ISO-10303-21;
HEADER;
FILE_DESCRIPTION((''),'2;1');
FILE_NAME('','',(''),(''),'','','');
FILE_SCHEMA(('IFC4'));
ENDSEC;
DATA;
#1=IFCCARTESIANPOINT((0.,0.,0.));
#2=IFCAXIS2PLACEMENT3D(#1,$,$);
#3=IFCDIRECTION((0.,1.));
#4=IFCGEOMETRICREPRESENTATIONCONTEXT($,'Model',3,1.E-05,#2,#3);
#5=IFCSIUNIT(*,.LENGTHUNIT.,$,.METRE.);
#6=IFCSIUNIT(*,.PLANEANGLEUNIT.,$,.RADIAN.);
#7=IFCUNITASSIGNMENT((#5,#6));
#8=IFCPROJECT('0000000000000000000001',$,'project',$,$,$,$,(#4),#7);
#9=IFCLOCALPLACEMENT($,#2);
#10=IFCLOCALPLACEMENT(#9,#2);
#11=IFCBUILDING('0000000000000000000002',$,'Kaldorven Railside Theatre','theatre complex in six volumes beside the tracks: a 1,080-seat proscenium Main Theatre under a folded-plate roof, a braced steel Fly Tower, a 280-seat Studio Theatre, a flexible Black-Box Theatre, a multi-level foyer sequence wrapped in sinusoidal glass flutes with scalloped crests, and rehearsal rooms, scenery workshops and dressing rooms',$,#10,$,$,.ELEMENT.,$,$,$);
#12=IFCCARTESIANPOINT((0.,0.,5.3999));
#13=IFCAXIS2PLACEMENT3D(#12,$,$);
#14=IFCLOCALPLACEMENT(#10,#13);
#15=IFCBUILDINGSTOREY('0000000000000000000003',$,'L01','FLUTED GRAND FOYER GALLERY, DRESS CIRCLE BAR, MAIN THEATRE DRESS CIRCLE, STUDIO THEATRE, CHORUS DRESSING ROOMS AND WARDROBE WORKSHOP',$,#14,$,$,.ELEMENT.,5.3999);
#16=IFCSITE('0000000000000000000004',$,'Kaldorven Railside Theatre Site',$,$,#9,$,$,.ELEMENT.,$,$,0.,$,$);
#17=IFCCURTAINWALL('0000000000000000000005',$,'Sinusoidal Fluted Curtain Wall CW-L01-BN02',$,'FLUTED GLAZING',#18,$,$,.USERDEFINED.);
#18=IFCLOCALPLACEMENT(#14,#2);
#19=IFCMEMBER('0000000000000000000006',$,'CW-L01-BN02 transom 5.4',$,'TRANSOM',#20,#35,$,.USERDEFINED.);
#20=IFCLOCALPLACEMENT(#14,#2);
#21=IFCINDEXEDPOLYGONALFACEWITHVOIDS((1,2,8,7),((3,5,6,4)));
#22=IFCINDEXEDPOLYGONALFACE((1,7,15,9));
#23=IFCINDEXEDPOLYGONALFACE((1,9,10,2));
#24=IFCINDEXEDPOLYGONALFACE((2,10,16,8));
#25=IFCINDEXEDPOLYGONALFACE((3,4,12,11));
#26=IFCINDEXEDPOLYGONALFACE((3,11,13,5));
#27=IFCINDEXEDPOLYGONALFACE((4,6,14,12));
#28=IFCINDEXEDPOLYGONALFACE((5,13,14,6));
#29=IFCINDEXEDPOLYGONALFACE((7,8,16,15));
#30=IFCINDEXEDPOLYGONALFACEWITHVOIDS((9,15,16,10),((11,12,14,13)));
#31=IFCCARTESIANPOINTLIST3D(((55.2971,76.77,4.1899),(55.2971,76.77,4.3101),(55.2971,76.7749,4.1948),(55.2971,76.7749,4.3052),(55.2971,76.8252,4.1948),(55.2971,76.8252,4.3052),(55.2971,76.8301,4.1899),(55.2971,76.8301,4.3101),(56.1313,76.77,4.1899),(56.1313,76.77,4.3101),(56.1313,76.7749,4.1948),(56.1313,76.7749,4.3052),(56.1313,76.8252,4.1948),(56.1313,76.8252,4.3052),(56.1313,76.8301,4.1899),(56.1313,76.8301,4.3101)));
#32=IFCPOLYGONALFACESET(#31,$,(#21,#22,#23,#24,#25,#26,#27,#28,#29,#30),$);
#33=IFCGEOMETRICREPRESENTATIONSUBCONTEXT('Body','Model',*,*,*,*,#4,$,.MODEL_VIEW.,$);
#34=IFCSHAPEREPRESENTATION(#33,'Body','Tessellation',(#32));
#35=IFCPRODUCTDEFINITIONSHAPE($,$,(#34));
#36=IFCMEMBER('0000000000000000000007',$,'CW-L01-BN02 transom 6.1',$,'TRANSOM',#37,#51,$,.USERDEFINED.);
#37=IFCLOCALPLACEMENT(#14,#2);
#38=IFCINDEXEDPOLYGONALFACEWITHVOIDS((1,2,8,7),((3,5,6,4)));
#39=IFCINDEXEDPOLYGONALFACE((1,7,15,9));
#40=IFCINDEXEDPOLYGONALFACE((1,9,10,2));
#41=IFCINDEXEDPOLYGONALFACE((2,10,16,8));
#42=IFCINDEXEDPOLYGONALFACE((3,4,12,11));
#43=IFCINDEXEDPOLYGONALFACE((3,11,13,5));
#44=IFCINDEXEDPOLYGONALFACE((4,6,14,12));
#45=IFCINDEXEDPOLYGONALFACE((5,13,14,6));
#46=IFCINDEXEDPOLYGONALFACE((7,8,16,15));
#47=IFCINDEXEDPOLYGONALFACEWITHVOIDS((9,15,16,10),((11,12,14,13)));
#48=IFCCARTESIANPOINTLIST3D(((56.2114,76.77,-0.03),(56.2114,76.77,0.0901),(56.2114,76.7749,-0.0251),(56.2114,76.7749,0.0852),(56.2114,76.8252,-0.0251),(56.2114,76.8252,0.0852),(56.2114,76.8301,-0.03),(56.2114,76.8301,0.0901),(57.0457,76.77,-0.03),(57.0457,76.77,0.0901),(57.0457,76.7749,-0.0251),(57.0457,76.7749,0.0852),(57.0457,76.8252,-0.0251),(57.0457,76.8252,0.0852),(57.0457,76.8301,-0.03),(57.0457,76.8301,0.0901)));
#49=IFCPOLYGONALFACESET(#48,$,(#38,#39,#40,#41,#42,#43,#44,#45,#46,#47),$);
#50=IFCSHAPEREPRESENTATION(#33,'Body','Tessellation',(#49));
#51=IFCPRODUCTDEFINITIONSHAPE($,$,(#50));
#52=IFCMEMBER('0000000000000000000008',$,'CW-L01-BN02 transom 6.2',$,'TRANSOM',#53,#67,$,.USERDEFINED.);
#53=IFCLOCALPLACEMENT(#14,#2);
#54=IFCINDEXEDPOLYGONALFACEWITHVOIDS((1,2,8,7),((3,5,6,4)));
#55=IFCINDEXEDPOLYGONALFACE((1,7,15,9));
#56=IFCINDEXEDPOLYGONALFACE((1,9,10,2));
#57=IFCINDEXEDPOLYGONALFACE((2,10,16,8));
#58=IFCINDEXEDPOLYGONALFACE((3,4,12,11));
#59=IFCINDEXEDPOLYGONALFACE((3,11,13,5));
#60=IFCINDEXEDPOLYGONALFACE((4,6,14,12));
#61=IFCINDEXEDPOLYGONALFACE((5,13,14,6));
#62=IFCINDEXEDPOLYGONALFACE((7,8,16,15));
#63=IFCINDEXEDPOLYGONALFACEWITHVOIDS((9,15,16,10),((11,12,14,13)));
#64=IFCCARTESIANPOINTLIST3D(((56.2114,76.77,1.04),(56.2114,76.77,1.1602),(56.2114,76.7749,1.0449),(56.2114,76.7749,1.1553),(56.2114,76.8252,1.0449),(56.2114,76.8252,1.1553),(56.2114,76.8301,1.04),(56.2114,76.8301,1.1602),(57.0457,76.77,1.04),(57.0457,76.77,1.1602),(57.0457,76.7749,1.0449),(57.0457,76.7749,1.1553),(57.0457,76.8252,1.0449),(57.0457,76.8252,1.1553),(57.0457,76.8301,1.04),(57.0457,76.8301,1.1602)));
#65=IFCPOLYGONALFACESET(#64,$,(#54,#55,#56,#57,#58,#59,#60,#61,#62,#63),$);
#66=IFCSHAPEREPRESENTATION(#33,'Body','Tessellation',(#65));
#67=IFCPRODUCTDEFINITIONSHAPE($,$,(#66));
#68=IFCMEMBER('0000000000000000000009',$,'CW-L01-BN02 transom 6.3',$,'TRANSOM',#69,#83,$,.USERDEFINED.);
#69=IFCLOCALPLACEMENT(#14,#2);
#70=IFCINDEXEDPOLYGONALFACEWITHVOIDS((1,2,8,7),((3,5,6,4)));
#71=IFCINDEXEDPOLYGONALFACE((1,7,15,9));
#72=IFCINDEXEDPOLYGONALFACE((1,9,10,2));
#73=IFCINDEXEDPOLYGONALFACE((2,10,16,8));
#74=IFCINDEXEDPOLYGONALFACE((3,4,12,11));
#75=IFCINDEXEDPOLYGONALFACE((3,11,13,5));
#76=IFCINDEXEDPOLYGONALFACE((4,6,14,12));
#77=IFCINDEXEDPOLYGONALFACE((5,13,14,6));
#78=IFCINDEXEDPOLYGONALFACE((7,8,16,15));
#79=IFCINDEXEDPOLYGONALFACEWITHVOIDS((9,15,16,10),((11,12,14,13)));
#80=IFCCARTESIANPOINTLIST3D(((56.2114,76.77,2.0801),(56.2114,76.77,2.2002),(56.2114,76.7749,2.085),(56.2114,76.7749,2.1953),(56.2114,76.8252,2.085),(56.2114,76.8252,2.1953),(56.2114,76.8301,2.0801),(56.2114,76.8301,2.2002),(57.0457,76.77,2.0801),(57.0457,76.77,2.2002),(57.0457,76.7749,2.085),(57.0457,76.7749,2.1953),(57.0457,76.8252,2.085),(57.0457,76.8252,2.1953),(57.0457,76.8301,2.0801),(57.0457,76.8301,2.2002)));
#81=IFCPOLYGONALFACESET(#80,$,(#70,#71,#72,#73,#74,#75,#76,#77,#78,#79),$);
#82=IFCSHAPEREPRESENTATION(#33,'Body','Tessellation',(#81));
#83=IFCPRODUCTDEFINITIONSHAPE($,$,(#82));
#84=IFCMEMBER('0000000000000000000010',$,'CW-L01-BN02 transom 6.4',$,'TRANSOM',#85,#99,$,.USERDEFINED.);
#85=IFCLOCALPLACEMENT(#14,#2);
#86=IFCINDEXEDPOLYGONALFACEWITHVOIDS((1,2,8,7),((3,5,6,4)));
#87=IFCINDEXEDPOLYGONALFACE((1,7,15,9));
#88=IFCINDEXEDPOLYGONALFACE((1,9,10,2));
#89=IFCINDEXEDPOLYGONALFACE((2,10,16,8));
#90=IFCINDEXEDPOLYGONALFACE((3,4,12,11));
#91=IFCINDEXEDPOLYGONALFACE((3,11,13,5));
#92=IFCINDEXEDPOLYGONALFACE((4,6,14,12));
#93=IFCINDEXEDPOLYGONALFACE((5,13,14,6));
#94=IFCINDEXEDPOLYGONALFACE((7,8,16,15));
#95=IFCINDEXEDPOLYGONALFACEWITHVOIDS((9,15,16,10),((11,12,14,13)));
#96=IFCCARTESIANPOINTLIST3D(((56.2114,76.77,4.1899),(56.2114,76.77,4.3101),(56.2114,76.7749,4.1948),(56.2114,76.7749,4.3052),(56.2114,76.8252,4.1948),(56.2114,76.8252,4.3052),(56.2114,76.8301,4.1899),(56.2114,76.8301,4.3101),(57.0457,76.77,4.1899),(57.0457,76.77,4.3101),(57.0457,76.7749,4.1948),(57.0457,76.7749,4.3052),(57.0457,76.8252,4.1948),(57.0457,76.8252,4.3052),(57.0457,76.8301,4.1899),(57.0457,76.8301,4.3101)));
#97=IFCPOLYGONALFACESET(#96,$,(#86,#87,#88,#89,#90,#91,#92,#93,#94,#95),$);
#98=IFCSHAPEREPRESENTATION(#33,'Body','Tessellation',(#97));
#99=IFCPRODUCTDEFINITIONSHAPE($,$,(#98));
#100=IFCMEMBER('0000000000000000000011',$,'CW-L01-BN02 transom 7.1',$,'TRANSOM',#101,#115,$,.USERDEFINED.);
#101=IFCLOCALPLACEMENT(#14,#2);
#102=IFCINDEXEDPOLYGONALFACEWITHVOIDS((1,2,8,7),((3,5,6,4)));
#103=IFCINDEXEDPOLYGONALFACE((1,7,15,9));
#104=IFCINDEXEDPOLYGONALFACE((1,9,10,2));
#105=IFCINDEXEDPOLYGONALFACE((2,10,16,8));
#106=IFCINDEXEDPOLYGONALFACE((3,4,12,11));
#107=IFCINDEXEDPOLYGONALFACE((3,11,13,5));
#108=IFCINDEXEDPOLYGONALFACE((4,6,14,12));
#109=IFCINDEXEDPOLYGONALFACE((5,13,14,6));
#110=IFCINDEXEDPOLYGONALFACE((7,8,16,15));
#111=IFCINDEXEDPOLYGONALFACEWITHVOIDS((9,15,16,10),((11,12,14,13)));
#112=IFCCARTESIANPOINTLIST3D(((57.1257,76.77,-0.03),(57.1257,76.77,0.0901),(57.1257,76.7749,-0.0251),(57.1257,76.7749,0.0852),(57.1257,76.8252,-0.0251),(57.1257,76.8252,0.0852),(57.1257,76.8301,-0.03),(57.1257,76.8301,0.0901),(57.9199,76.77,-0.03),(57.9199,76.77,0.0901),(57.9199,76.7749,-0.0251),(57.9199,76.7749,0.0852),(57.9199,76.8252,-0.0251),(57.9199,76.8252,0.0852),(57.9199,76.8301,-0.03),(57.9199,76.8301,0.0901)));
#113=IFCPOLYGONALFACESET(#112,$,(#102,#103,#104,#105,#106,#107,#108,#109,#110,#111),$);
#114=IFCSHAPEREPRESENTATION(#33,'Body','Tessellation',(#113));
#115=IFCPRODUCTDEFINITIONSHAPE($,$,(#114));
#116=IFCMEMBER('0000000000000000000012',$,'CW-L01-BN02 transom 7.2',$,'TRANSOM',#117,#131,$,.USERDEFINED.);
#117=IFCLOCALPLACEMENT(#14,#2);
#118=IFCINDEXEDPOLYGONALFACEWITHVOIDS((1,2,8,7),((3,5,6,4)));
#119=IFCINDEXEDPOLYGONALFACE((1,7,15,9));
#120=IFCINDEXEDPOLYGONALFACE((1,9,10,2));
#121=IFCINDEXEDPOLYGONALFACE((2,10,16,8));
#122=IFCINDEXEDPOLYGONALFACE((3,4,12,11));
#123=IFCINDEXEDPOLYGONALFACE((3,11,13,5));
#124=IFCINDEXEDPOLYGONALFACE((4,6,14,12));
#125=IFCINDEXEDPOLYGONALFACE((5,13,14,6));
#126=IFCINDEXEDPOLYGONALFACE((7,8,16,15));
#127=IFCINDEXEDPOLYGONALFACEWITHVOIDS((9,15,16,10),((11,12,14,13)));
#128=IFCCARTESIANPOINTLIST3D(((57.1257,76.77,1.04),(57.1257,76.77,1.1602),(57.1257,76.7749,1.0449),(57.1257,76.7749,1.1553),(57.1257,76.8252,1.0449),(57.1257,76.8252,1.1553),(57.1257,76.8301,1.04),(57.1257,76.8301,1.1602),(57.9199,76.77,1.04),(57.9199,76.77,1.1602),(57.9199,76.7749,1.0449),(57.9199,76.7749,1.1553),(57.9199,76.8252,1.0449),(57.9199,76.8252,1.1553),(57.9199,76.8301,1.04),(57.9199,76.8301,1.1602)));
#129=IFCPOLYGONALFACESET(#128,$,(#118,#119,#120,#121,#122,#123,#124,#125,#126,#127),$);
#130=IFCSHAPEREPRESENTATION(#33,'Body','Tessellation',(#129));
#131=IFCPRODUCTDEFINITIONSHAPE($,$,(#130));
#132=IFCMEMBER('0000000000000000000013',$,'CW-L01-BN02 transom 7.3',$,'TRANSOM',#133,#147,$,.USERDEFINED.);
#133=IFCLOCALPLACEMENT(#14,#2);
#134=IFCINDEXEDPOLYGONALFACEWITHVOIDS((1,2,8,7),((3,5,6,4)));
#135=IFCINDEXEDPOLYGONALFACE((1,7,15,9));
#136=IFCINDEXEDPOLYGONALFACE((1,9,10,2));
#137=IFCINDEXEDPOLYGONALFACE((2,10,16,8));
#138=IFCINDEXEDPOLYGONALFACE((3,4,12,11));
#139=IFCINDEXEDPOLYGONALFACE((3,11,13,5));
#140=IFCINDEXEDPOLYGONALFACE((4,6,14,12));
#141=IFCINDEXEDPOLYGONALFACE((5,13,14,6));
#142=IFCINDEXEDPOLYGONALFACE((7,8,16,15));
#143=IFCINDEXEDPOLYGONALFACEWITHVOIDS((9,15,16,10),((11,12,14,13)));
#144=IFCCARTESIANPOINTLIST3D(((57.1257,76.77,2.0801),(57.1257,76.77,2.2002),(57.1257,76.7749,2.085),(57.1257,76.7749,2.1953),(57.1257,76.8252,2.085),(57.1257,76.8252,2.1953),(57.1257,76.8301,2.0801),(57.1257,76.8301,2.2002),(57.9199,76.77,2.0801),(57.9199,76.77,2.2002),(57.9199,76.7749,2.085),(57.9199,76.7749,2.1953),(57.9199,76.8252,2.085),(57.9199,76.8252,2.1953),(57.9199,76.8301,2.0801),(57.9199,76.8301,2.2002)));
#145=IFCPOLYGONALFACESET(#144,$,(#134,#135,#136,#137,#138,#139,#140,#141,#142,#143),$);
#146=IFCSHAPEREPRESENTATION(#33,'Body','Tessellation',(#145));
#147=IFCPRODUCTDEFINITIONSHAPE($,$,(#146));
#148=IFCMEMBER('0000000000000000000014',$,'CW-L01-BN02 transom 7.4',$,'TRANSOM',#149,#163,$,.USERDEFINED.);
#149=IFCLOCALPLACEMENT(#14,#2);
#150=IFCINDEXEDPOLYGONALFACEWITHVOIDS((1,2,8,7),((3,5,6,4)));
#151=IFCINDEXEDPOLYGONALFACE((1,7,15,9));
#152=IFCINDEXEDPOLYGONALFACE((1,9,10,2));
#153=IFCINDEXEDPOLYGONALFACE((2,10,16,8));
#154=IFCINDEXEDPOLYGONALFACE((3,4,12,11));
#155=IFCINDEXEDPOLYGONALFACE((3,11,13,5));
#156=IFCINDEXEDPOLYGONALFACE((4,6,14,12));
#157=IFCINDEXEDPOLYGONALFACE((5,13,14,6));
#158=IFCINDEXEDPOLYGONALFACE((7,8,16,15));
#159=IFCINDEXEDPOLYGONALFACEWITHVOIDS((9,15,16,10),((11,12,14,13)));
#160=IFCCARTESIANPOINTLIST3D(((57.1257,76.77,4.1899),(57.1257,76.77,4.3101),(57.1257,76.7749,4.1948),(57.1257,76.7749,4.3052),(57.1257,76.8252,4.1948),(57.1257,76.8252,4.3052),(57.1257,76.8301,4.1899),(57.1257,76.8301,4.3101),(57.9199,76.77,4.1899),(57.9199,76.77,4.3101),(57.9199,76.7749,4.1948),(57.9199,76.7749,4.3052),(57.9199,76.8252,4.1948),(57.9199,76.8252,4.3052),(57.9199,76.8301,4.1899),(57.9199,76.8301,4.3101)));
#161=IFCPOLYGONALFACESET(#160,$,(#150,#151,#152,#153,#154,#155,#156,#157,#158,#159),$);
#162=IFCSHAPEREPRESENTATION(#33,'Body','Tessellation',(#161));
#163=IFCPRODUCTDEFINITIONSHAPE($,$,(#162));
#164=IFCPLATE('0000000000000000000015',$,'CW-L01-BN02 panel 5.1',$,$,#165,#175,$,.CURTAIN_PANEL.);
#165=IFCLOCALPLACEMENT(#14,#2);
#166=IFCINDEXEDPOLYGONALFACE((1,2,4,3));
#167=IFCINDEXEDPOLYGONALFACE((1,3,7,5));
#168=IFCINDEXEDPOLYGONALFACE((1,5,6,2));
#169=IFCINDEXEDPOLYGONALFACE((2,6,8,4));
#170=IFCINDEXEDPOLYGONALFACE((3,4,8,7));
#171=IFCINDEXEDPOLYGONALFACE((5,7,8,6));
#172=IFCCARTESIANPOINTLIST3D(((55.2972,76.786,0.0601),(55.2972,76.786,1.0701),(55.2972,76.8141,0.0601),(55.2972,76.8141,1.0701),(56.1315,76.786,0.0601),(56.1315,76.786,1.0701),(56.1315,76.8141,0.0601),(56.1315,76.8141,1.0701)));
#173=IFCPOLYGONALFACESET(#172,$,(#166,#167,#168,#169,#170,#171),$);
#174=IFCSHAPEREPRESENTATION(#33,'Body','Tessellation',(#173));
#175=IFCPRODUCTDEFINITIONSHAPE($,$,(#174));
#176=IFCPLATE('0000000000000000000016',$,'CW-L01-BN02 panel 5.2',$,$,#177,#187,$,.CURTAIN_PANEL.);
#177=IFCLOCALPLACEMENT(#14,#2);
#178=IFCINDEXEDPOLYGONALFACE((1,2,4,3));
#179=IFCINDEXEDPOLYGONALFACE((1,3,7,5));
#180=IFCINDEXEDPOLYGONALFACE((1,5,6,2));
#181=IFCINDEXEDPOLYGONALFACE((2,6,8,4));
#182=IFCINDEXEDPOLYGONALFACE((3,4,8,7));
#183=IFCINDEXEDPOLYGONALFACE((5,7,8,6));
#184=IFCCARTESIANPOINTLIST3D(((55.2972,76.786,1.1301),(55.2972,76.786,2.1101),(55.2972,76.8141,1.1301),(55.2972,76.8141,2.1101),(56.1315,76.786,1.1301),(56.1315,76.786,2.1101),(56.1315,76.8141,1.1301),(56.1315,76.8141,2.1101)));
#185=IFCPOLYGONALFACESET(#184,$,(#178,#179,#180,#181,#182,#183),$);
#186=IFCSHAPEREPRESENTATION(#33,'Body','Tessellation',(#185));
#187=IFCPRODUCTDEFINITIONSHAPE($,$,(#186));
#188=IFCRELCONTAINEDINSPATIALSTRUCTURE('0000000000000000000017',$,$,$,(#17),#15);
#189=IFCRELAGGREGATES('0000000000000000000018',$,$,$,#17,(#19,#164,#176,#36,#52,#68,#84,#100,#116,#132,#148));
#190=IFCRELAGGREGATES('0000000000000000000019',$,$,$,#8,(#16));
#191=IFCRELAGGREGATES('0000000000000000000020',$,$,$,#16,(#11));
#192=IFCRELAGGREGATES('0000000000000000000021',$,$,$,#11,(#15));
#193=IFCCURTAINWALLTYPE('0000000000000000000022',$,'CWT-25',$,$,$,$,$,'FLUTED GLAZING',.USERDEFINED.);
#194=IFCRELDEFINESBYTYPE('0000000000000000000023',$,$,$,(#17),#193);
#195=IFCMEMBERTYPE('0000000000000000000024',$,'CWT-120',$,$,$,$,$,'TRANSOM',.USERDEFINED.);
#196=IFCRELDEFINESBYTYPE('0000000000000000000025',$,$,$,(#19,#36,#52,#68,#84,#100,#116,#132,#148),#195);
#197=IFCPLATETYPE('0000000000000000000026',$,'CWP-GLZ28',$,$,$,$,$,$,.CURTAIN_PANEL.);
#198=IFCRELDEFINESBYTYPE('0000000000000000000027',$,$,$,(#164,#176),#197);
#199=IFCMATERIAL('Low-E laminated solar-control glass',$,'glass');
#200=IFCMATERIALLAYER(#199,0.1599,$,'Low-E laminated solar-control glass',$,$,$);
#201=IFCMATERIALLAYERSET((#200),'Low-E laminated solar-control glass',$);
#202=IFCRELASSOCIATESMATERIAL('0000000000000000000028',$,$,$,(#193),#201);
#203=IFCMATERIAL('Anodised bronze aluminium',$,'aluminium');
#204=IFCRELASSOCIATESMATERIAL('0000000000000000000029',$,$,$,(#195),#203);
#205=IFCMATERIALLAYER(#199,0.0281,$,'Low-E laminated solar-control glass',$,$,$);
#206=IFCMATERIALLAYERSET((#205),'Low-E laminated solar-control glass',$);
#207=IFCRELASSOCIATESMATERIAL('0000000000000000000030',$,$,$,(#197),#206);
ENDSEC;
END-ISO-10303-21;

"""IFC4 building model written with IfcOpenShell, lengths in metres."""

from ifc_helpers import new_model, si_unit, direction, frame, origin, origin_2d, place, context, subcontext, project, spatial, rectangle, hollow_rectangle, extrude, material, layer, layer_set, material_profile, profile_set, type_object, element, aggregate, save


model = new_model("IFC4")

# Units and contexts
model_context = context("Model", 3, precision=1e-05, world=origin(), true_north=direction((0.0, 1.0)))
body_context = subcontext(model_context, "Body", "Model", "MODEL_VIEW")
ifc_project = project(units=[si_unit("LENGTHUNIT", "METRE"), si_unit("PLANEANGLEUNIT", "RADIAN")], contexts=[model_context])

# Site, building, storey
site_placement = place(None, origin())
site = spatial("IfcSite", under=ifc_project, at=site_placement, Name="Kaldorven Railside Theatre Site", CompositionType="ELEMENT", RefElevation=0.0)
building_placement = place(site_placement, origin())
building = spatial("IfcBuilding", under=site, at=building_placement, Name="Kaldorven Railside Theatre", Description="theatre complex in six volumes beside the tracks: a 1,080-seat proscenium Main Theatre under a folded-plate roof, a braced steel Fly Tower, a 280-seat Studio Theatre, a flexible Black-Box Theatre, a multi-level foyer sequence wrapped in sinusoidal glass flutes with scalloped crests, and rehearsal rooms, scenery workshops and dressing rooms", CompositionType="ELEMENT")
storey_placement = place(building_placement, frame((0.0, 0.0, 5.3999)))
storey = spatial("IfcBuildingStorey", under=building, at=storey_placement, Name="L01", Description="FLUTED GRAND FOYER GALLERY, DRESS CIRCLE BAR, MAIN THEATRE DRESS CIRCLE, STUDIO THEATRE, CHORUS DRESSING ROOMS AND WARDROBE WORKSHOP", CompositionType="ELEMENT", Elevation=5.3999)

# Curtain wall, members, plates
ifc_material_1 = material(Name="Low-E laminated solar-control glass", Category="glass")
ifc_layer_1 = layer(ifc_material_1, 0.1599, Name="Low-E laminated solar-control glass")
ifc_layer_set_1 = layer_set([ifc_layer_1], Name="Low-E laminated solar-control glass")
curtain_wall_type = type_object("IfcCurtainWallType", Name="CWT-25", ElementType="FLUTED GLAZING", PredefinedType="USERDEFINED", material=ifc_layer_set_1)
curtain_wall_placement = place(storey_placement, origin())
curtain_wall = element("IfcCurtainWall", 1, at=curtain_wall_placement, inside=storey, type_object=curtain_wall_type, Name="Sinusoidal Fluted Curtain Wall CW-L01-BN02", ObjectType="FLUTED GLAZING", PredefinedType="USERDEFINED")
ifc_material_2 = material(Name="Anodised bronze aluminium", Category="aluminium")
ifc_material_profile_1 = material_profile(ifc_material_2, hollow_rectangle(XDim=0.0601, YDim=0.1201, WallThickness=0.0049, at=origin_2d()), Name="RHS 120x60x5")
ifc_profile_set_1 = profile_set([ifc_material_profile_1], Name="Anodised bronze aluminium")
member_type_1 = type_object("IfcMemberType", Name="CWT-120", ElementType="TRANSOM", PredefinedType="USERDEFINED", material=ifc_profile_set_1)
member_1_placement = place(storey_placement, frame((55.2971, 76.8, 4.25), z_axis=(1.0, 0.0, 0.0), x_axis=(0.0, 1.0, 0.0)))
member_1 = element("IfcMember", 2, at=member_1_placement, type_object=member_type_1, Name="CW-L01-BN02 transom 5.4", ObjectType="TRANSOM", PredefinedType="USERDEFINED", context=body_context, shape_type="SweptSolid", body=[
    extrude(hollow_rectangle(XDim=0.0601, YDim=0.1201, WallThickness=0.0049, at=origin_2d()), origin(), (0.0, 0.0, 1.0), 0.8342),
])
member_2_placement = place(storey_placement, frame((56.2114, 76.8, 0.03), z_axis=(1.0, 0.0, 0.0), x_axis=(0.0, 1.0, 0.0)))
member_2 = element("IfcMember", 3, at=member_2_placement, type_object=member_type_1, Name="CW-L01-BN02 transom 6.1", ObjectType="TRANSOM", PredefinedType="USERDEFINED", context=body_context, shape_type="SweptSolid", body=[
    extrude(hollow_rectangle(XDim=0.0601, YDim=0.1201, WallThickness=0.0049, at=origin_2d()), origin(), (0.0, 0.0, 1.0), 0.8342),
])
member_3_placement = place(storey_placement, frame((56.2114, 76.8, 1.1001), z_axis=(1.0, 0.0, 0.0), x_axis=(0.0, 1.0, 0.0)))
member_3 = element("IfcMember", 4, at=member_3_placement, type_object=member_type_1, Name="CW-L01-BN02 transom 6.2", ObjectType="TRANSOM", PredefinedType="USERDEFINED", context=body_context, shape_type="SweptSolid", body=[
    extrude(hollow_rectangle(XDim=0.0601, YDim=0.1201, WallThickness=0.0049, at=origin_2d()), origin(), (0.0, 0.0, 1.0), 0.8342),
])
member_4_placement = place(storey_placement, frame((56.2114, 76.8, 2.1401), z_axis=(1.0, 0.0, 0.0), x_axis=(0.0, 1.0, 0.0)))
member_4 = element("IfcMember", 5, at=member_4_placement, type_object=member_type_1, Name="CW-L01-BN02 transom 6.3", ObjectType="TRANSOM", PredefinedType="USERDEFINED", context=body_context, shape_type="SweptSolid", body=[
    extrude(hollow_rectangle(XDim=0.0601, YDim=0.1201, WallThickness=0.0049, at=origin_2d()), origin(), (0.0, 0.0, 1.0), 0.8342),
])
member_5_placement = place(storey_placement, frame((56.2114, 76.8, 4.25), z_axis=(1.0, 0.0, 0.0), x_axis=(0.0, 1.0, 0.0)))
member_5 = element("IfcMember", 6, at=member_5_placement, type_object=member_type_1, Name="CW-L01-BN02 transom 6.4", ObjectType="TRANSOM", PredefinedType="USERDEFINED", context=body_context, shape_type="SweptSolid", body=[
    extrude(hollow_rectangle(XDim=0.0601, YDim=0.1201, WallThickness=0.0049, at=origin_2d()), origin(), (0.0, 0.0, 1.0), 0.8342),
])
member_6_placement = place(storey_placement, frame((57.1257, 76.8, 0.03), z_axis=(1.0, 0.0, 0.0), x_axis=(0.0, 1.0, 0.0)))
member_6 = element("IfcMember", 7, at=member_6_placement, type_object=member_type_1, Name="CW-L01-BN02 transom 7.1", ObjectType="TRANSOM", PredefinedType="USERDEFINED", context=body_context, shape_type="SweptSolid", body=[
    extrude(hollow_rectangle(XDim=0.0601, YDim=0.1201, WallThickness=0.0049, at=origin_2d()), origin(), (0.0, 0.0, 1.0), 0.7942),
])
member_7_placement = place(storey_placement, frame((57.1257, 76.8, 1.1001), z_axis=(1.0, 0.0, 0.0), x_axis=(0.0, 1.0, 0.0)))
member_7 = element("IfcMember", 8, at=member_7_placement, type_object=member_type_1, Name="CW-L01-BN02 transom 7.2", ObjectType="TRANSOM", PredefinedType="USERDEFINED", context=body_context, shape_type="SweptSolid", body=[
    extrude(hollow_rectangle(XDim=0.0601, YDim=0.1201, WallThickness=0.0049, at=origin_2d()), origin(), (0.0, 0.0, 1.0), 0.7942),
])
member_8_placement = place(storey_placement, frame((57.1257, 76.8, 2.1401), z_axis=(1.0, 0.0, 0.0), x_axis=(0.0, 1.0, 0.0)))
member_8 = element("IfcMember", 9, at=member_8_placement, type_object=member_type_1, Name="CW-L01-BN02 transom 7.3", ObjectType="TRANSOM", PredefinedType="USERDEFINED", context=body_context, shape_type="SweptSolid", body=[
    extrude(hollow_rectangle(XDim=0.0601, YDim=0.1201, WallThickness=0.0049, at=origin_2d()), origin(), (0.0, 0.0, 1.0), 0.7942),
])
member_9_placement = place(storey_placement, frame((57.1257, 76.8, 4.25), z_axis=(1.0, 0.0, 0.0), x_axis=(0.0, 1.0, 0.0)))
member_9 = element("IfcMember", 10, at=member_9_placement, type_object=member_type_1, Name="CW-L01-BN02 transom 7.4", ObjectType="TRANSOM", PredefinedType="USERDEFINED", context=body_context, shape_type="SweptSolid", body=[
    extrude(hollow_rectangle(XDim=0.0601, YDim=0.1201, WallThickness=0.0049, at=origin_2d()), origin(), (0.0, 0.0, 1.0), 0.7942),
])
ifc_layer_2 = layer(ifc_material_1, 0.0281, Name="Low-E laminated solar-control glass")
ifc_layer_set_2 = layer_set([ifc_layer_2], Name="Low-E laminated solar-control glass")
plate_type = type_object("IfcPlateType", Name="CWP-GLZ28", PredefinedType="CURTAIN_PANEL", material=ifc_layer_set_2)
plate_1_placement = place(storey_placement, frame((55.7144, 76.8, 0.0601), z_axis=(0.0, 0.0, 1.0), x_axis=(1.0, 0.0, 0.0)))
plate_1 = element("IfcPlate", 11, at=plate_1_placement, type_object=plate_type, Name="CW-L01-BN02 panel 5.1", PredefinedType="CURTAIN_PANEL", context=body_context, shape_type="SweptSolid", body=[
    extrude(rectangle(XDim=0.8342, YDim=0.0281, at=origin_2d()), origin(), (0.0, 0.0, 1.0), 1.01),
])
plate_2_placement = place(storey_placement, frame((55.7144, 76.8, 1.1301), z_axis=(0.0, 0.0, 1.0), x_axis=(1.0, 0.0, 0.0)))
plate_2 = element("IfcPlate", 12, at=plate_2_placement, type_object=plate_type, Name="CW-L01-BN02 panel 5.2", PredefinedType="CURTAIN_PANEL", context=body_context, shape_type="SweptSolid", body=[
    extrude(rectangle(XDim=0.8342, YDim=0.0281, at=origin_2d()), origin(), (0.0, 0.0, 1.0), 0.98),
])
aggregate(curtain_wall, [member_1, plate_1, plate_2, member_2, member_3, member_4, member_5, member_6, member_7, member_8, member_9])

save(model, "model.ifc")
